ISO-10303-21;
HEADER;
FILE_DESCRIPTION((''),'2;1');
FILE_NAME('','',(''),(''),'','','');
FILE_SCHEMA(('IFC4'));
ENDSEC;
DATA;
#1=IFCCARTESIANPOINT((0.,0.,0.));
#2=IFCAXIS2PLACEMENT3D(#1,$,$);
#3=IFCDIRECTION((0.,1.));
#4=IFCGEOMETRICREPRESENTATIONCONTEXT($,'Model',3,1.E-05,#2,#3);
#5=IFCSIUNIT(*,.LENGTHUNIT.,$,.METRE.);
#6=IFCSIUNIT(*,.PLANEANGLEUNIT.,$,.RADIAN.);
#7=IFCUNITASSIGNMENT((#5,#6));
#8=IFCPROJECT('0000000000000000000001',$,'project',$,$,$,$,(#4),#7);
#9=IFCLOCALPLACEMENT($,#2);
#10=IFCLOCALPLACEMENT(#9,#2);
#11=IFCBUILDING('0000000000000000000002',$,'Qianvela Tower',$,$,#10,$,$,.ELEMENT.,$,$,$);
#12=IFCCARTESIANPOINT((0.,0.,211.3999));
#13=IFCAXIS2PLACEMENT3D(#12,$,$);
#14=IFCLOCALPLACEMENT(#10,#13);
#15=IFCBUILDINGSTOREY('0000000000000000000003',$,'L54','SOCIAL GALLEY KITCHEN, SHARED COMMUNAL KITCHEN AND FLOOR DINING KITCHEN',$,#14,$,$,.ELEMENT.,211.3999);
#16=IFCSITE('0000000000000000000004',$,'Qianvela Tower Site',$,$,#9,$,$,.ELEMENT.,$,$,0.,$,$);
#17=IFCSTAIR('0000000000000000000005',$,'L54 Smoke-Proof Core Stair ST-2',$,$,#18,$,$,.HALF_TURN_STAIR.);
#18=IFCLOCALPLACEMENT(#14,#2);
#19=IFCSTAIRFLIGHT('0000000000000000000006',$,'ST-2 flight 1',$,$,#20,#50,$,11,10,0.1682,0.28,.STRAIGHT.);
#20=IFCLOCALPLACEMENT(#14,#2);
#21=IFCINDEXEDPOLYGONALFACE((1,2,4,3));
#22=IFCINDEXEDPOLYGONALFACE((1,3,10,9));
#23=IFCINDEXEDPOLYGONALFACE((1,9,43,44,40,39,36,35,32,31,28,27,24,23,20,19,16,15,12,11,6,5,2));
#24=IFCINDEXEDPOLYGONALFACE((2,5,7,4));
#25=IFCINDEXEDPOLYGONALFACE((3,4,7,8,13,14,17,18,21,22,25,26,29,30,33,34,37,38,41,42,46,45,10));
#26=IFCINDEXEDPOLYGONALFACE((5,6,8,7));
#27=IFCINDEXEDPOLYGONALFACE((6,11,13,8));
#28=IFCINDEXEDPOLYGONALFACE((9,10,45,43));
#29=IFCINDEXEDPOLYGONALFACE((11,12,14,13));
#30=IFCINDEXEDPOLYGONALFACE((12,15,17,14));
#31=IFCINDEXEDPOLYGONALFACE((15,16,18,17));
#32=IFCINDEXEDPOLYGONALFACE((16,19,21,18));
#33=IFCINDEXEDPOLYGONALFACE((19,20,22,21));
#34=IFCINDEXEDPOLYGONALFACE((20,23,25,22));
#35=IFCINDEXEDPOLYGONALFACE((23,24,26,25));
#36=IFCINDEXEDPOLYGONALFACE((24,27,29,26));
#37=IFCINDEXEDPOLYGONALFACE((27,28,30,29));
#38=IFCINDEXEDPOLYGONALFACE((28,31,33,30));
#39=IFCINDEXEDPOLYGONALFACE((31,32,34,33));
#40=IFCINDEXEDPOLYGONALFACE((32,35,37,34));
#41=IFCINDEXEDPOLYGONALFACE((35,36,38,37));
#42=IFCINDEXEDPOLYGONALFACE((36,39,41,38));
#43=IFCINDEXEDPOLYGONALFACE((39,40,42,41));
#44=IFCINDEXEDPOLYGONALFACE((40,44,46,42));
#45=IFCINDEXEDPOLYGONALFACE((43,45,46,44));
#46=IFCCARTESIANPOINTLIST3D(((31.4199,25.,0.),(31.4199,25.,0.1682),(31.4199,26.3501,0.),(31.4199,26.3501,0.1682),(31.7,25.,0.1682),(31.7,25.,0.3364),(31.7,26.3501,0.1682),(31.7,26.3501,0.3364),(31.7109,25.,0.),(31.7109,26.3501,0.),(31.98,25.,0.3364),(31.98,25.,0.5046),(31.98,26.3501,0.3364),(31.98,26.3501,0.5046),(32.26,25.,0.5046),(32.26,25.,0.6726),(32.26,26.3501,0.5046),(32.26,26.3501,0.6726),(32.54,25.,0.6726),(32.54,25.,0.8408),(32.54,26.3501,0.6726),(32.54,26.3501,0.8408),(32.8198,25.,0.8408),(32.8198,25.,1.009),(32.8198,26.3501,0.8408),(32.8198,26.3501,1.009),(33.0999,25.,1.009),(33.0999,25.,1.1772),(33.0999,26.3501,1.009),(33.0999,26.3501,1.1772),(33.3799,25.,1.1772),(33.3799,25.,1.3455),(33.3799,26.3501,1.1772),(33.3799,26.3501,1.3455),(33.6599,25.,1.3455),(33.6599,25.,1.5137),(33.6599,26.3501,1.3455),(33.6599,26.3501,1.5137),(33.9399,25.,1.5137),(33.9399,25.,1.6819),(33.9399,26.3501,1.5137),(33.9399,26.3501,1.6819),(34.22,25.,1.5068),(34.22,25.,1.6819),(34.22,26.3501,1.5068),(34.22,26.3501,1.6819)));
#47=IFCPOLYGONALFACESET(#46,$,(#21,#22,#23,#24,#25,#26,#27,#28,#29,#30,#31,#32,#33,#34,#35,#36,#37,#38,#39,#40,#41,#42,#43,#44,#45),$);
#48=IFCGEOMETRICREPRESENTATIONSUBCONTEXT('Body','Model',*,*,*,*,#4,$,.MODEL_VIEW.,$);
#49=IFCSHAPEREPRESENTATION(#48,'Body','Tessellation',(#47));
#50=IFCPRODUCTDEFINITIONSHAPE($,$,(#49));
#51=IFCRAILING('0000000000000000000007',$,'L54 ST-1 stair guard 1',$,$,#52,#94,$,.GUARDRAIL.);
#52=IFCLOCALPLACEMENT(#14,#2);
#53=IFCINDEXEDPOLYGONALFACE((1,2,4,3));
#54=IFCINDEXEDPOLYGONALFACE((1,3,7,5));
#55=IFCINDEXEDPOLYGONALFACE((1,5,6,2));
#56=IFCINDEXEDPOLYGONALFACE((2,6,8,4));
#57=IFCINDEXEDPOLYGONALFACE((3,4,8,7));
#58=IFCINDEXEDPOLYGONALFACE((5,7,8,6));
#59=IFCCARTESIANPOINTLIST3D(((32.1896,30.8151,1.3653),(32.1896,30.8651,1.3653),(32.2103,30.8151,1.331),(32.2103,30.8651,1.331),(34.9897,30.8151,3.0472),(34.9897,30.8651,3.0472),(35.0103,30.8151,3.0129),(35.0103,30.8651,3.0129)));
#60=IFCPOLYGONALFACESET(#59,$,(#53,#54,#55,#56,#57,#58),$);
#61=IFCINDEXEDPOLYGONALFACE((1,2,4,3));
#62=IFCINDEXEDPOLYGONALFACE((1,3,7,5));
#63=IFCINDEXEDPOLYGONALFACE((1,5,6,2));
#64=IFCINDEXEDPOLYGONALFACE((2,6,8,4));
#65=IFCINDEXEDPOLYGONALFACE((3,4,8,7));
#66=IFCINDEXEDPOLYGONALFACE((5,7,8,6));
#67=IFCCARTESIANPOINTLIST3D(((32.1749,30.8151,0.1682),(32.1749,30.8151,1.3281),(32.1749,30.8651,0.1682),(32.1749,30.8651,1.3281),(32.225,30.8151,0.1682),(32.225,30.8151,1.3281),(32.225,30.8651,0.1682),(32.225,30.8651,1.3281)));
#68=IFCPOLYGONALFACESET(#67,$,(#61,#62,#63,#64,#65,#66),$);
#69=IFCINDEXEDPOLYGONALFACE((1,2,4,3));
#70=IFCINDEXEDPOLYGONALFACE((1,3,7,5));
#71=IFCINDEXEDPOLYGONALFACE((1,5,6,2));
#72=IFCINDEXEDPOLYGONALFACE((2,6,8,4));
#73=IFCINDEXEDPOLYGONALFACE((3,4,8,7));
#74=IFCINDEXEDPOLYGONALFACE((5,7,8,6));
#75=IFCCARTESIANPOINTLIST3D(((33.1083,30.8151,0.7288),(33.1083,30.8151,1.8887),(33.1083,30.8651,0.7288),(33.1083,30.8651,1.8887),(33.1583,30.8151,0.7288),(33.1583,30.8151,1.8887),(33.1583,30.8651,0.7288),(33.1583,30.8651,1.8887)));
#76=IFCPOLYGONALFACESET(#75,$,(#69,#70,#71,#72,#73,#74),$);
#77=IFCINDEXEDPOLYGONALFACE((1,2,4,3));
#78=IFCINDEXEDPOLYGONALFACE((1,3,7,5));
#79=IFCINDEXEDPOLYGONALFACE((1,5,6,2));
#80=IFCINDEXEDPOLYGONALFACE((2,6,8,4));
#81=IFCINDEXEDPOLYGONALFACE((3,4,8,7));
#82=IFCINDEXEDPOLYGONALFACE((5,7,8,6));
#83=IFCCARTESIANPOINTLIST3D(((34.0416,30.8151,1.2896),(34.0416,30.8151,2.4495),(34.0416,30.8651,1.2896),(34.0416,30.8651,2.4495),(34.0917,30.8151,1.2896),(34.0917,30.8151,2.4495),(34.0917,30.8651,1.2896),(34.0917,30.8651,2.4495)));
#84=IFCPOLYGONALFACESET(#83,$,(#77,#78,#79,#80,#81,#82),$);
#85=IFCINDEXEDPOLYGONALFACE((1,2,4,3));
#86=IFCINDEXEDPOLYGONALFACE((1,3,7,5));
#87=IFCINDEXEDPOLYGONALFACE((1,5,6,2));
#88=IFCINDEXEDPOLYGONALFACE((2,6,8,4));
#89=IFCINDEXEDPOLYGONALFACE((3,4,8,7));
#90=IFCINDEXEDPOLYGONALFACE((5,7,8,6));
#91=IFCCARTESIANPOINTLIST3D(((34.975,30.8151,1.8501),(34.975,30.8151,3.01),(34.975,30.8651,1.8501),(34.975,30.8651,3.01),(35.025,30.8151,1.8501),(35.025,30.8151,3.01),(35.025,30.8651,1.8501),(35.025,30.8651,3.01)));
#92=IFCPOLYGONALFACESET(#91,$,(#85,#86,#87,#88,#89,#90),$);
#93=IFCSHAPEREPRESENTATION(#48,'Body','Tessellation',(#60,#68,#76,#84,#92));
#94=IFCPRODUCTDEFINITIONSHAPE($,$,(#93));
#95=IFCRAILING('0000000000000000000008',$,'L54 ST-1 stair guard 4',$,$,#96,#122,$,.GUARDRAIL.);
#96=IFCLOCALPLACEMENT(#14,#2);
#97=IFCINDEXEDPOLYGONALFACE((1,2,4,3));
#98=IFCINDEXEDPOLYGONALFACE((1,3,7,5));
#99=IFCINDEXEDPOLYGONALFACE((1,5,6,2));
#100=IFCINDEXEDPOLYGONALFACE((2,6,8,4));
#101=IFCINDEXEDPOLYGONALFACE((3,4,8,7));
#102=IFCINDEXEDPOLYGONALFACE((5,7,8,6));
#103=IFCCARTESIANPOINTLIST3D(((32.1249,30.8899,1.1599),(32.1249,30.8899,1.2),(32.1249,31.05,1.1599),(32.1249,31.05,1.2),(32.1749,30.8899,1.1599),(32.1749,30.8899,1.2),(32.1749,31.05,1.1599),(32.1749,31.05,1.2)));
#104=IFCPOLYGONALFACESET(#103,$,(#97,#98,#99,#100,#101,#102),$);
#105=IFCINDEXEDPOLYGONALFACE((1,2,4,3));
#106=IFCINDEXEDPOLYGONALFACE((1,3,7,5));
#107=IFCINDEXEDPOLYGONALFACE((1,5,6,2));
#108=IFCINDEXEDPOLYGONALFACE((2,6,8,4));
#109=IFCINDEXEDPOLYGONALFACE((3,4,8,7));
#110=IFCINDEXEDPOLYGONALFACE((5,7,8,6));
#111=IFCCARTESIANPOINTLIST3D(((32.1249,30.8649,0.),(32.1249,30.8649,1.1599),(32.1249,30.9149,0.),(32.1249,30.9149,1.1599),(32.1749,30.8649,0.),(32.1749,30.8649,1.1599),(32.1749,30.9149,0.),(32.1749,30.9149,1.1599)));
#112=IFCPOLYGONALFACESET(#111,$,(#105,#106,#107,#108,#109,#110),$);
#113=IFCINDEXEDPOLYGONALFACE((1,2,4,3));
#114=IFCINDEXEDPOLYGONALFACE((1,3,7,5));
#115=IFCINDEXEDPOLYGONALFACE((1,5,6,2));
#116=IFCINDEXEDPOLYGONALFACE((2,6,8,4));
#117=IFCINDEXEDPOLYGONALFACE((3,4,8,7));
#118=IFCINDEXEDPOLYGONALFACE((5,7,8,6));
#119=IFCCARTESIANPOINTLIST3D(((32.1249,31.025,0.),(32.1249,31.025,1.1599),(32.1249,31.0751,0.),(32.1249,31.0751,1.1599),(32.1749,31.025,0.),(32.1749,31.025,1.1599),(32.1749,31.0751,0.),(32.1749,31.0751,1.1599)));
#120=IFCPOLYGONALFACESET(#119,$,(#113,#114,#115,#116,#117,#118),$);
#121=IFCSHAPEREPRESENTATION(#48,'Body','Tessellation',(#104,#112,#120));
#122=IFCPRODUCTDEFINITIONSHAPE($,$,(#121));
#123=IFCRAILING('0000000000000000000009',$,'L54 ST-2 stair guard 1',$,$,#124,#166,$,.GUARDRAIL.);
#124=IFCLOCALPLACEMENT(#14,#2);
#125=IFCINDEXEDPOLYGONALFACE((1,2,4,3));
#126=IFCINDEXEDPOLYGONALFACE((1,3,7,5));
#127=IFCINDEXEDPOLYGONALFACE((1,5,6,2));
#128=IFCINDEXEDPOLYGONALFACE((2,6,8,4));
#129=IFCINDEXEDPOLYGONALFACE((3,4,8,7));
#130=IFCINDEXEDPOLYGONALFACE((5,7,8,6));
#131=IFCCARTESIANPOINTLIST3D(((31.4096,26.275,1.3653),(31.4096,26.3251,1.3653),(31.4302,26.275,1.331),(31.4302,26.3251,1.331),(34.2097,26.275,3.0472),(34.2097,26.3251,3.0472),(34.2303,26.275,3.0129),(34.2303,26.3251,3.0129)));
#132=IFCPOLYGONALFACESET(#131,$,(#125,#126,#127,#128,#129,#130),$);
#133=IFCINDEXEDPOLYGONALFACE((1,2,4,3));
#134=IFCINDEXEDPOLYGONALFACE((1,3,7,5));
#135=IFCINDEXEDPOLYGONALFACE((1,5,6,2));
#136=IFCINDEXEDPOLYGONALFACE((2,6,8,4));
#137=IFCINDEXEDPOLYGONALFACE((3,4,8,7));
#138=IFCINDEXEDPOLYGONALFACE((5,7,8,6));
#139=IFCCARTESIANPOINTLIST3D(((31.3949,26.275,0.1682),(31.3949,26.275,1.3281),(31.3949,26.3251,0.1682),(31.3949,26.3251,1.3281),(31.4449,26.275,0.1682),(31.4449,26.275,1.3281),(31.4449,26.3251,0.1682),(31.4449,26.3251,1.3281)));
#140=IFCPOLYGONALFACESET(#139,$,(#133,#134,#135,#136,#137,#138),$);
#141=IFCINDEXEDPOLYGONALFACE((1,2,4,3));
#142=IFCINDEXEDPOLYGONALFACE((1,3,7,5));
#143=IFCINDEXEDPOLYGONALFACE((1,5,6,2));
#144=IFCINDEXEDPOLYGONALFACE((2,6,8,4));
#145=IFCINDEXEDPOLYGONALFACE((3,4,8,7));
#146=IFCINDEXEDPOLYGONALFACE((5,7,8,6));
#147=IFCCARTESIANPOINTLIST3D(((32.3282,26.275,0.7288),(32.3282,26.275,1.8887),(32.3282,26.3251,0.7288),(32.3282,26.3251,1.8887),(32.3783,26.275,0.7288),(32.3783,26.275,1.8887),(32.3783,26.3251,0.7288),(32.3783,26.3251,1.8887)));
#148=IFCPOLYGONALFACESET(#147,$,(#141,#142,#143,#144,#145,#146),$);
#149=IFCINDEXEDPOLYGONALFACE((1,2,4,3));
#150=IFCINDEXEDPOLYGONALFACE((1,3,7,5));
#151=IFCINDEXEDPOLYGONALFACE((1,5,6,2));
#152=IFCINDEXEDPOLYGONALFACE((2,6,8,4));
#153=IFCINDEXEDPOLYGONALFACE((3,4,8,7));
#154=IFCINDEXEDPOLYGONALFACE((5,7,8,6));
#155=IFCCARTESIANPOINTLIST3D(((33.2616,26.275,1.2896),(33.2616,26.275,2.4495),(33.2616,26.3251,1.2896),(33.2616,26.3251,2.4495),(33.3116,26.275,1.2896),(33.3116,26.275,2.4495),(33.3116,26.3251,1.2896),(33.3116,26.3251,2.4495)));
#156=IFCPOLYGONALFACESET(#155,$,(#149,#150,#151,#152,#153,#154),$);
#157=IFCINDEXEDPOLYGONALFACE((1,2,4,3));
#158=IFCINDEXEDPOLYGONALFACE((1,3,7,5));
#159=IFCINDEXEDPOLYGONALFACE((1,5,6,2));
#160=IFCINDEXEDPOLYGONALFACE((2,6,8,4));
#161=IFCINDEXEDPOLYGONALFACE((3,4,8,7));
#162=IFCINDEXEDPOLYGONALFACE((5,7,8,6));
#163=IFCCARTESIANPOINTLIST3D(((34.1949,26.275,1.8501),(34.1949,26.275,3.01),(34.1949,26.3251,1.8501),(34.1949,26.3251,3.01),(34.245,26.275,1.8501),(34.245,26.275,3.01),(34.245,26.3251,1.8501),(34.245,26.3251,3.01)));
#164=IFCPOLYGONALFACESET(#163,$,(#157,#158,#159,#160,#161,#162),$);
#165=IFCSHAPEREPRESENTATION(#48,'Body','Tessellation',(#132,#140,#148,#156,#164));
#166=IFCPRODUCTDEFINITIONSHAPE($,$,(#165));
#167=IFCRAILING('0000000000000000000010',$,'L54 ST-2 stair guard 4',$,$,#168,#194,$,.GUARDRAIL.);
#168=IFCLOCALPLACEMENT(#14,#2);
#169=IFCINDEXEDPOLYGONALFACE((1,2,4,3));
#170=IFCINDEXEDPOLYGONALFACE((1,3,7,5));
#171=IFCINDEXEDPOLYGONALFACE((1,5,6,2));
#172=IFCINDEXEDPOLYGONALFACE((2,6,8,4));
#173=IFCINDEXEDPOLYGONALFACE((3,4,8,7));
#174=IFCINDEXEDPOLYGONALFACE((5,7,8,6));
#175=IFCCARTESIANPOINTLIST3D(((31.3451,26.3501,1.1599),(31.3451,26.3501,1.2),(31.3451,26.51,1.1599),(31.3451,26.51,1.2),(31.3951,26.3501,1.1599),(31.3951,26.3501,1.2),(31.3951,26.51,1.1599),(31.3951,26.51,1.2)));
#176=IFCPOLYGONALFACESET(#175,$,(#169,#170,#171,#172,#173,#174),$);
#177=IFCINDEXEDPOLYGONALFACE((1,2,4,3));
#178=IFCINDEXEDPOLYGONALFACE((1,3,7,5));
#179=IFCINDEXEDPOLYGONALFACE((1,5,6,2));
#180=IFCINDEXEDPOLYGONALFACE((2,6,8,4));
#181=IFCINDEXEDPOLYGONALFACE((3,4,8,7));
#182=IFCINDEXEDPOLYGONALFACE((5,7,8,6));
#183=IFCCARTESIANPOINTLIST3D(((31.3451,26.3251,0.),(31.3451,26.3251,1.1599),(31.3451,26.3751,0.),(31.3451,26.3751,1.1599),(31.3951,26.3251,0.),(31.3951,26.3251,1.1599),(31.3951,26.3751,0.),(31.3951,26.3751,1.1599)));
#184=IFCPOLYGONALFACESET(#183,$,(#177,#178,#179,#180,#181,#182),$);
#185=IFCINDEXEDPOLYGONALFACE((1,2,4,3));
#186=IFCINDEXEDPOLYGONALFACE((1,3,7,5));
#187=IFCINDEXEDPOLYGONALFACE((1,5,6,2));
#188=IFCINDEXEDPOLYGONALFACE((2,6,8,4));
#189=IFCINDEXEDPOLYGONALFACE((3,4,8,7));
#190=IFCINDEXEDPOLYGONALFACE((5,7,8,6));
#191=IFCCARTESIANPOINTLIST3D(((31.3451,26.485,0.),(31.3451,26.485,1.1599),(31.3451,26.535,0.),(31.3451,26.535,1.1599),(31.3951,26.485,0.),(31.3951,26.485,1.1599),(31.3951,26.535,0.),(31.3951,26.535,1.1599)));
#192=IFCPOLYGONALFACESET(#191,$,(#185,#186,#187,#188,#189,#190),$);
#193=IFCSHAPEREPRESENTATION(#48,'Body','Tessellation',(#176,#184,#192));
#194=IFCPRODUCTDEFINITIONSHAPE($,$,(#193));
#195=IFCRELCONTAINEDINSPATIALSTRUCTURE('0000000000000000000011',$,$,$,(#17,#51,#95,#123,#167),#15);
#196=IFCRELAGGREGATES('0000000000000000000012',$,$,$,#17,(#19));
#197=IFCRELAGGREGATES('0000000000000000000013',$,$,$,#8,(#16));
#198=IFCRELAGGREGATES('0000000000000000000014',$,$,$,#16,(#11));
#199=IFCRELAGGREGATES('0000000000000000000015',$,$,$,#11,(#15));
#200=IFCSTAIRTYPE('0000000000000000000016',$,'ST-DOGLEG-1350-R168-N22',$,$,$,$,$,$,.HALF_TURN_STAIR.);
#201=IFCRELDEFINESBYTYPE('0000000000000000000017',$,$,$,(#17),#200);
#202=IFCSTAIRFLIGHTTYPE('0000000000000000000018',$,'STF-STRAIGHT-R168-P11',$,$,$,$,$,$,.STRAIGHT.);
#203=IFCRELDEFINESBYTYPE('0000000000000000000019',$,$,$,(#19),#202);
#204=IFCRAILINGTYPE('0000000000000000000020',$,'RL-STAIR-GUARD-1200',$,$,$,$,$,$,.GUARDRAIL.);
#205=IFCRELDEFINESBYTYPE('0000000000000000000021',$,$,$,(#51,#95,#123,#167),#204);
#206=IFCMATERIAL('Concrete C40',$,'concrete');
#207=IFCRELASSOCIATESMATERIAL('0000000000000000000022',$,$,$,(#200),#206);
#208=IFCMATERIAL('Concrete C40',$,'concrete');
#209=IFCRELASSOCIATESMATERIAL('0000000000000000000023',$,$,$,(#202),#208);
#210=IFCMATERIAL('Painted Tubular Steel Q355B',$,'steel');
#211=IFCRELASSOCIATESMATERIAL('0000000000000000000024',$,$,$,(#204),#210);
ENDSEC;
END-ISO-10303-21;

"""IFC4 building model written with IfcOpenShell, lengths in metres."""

from ifc_helpers import new_model, si_unit, direction, frame, origin, origin_2d, place, context, subcontext, project, spatial, polyline, rectangle, outline, extrude, material, type_object, element, aggregate, save


model = new_model("IFC4")

# Units and contexts
model_context = context("Model", 3, precision=1e-05, world=origin(), true_north=direction((0.0, 1.0)))
body_context = subcontext(model_context, "Body", "Model", "MODEL_VIEW")
ifc_project = project(units=[si_unit("LENGTHUNIT", "METRE"), si_unit("PLANEANGLEUNIT", "RADIAN")], contexts=[model_context])

# Site, building, storey
site_placement = place(None, origin())
site = spatial("IfcSite", under=ifc_project, at=site_placement, Name="Qianvela Tower Site", CompositionType="ELEMENT", RefElevation=0.0)
building_placement = place(site_placement, origin())
building = spatial("IfcBuilding", under=site, at=building_placement, Name="Qianvela Tower", CompositionType="ELEMENT")
storey_placement = place(building_placement, frame((0.0, 0.0, 211.3999)))
storey = spatial("IfcBuildingStorey", under=building, at=storey_placement, Name="L54", Description="SOCIAL GALLEY KITCHEN, SHARED COMMUNAL KITCHEN AND FLOOR DINING KITCHEN", CompositionType="ELEMENT", Elevation=211.3999)

# Stair, stair flight
ifc_material_1 = material(Name="Concrete C40", Category="concrete")
stair_type = type_object("IfcStairType", Name="ST-DOGLEG-1350-R168-N22", PredefinedType="HALF_TURN_STAIR", material=ifc_material_1)
ifc_material_2 = material(Name="Concrete C40", Category="concrete")
stair_flight_type = type_object("IfcStairFlightType", Name="STF-STRAIGHT-R168-P11", PredefinedType="STRAIGHT", material=ifc_material_2)
stair_1_placement = place(storey_placement, origin())
stair_1 = element("IfcStair", 1, at=stair_1_placement, inside=storey, type_object=stair_type, Name="L54 Smoke-Proof Core Stair ST-2", PredefinedType="HALF_TURN_STAIR")
stair_flight_1_placement = place(storey_placement, frame((31.4199, 25.675, 0.0), z_axis=(0.0, 0.0, 1.0), x_axis=(1.0, 0.0, 0.0)))
stair_flight_1 = element("IfcStairFlight", 2, at=stair_flight_1_placement, type_object=stair_flight_type, Name="ST-2 flight 1", NumberOfRisers=11, NumberOfTreads=10, PredefinedType="STRAIGHT", RiserHeight=0.1682, TreadLength=0.28, context=body_context, shape_type="SweptSolid", body=[
    extrude(outline(polyline([(0.0, 0.0), (0.0, 0.1682), (0.28, 0.1682), (0.28, 0.3364), (0.5601, 0.3364), (0.5601, 0.5046), (0.8401, 0.5046), (0.8401, 0.6726), (1.1201, 0.6726), (1.1201, 0.8408), (1.3999, 0.8408), (1.3999, 1.009), (1.6799, 1.009), (1.6799, 1.1772), (1.96, 1.1772), (1.96, 1.3455), (2.24, 1.3455), (2.24, 1.5137), (2.52, 1.5137), (2.52, 1.6819), (2.8, 1.6819), (2.8, 1.8501), (2.8, 1.5068), (0.291, 0.0), (0.0, 0.0)])), frame((0.0, 0.675, 0.0), z_axis=(0.0, -1.0, 0.0), x_axis=(1.0, 0.0, 0.0)), (0.0, 0.0, 1.0), 1.3501),
])
aggregate(stair_1, [stair_flight_1])

# Railings
ifc_material_3 = material(Name="Painted Tubular Steel Q355B", Category="steel")
railing_type_1 = type_object("IfcRailingType", Name="RL-STAIR-GUARD-1200", PredefinedType="GUARDRAIL", material=ifc_material_3)
railing_1_placement = place(storey_placement, frame((32.2, 30.8401, 0.1682)))
element("IfcRailing", 3, at=railing_1_placement, inside=storey, type_object=railing_type_1, Name="L54 ST-1 stair guard 1", PredefinedType="GUARDRAIL", context=body_context, shape_type="SweptSolid", body=[
    extrude(rectangle(XDim=0.05, YDim=0.04, at=origin_2d()), frame((0.0, 0.0, 1.1799), z_axis=(0.857242, 0.0, 0.514913), x_axis=(0.0, 1.0, 0.0)), (0.0, 0.0, 1.0), 3.2664),
    extrude(rectangle(XDim=0.05, YDim=0.05, at=origin_2d()), origin(), (0.0, 0.0, 1.0), 1.1599),
    extrude(rectangle(XDim=0.05, YDim=0.05, at=origin_2d()), frame((0.9333, 0.0, 0.5605)), (0.0, 0.0, 1.0), 1.1599),
    extrude(rectangle(XDim=0.05, YDim=0.05, at=origin_2d()), frame((1.8667, 0.0, 1.1213)), (0.0, 0.0, 1.0), 1.1599),
    extrude(rectangle(XDim=0.05, YDim=0.05, at=origin_2d()), frame((2.8, 0.0, 1.6819)), (0.0, 0.0, 1.0), 1.1599),
])
railing_2_placement = place(storey_placement, frame((32.1499, 30.8899, 0.0)))
element("IfcRailing", 4, at=railing_2_placement, inside=storey, type_object=railing_type_1, Name="L54 ST-1 stair guard 4", PredefinedType="GUARDRAIL", context=body_context, shape_type="SweptSolid", body=[
    extrude(rectangle(XDim=0.05, YDim=0.04, at=origin_2d()), frame((0.0, 0.0, 1.1799), z_axis=(0.0, 1.0, 0.0), x_axis=(-1.0, 0.0, 0.0)), (0.0, 0.0, 1.0), 0.1602),
    extrude(rectangle(XDim=0.05, YDim=0.05, at=origin_2d()), origin(), (0.0, 0.0, 1.0), 1.1599),
    extrude(rectangle(XDim=0.05, YDim=0.05, at=origin_2d()), frame((0.0, 0.1602, 0.0)), (0.0, 0.0, 1.0), 1.1599),
])
railing_3_placement = place(storey_placement, frame((31.4199, 26.3, 0.1682)))
element("IfcRailing", 5, at=railing_3_placement, inside=storey, type_object=railing_type_1, Name="L54 ST-2 stair guard 1", PredefinedType="GUARDRAIL", context=body_context, shape_type="SweptSolid", body=[
    extrude(rectangle(XDim=0.05, YDim=0.04, at=origin_2d()), frame((0.0, 0.0, 1.1799), z_axis=(0.857242, 0.0, 0.514913), x_axis=(0.0, 1.0, 0.0)), (0.0, 0.0, 1.0), 3.2664),
    extrude(rectangle(XDim=0.05, YDim=0.05, at=origin_2d()), origin(), (0.0, 0.0, 1.0), 1.1599),
    extrude(rectangle(XDim=0.05, YDim=0.05, at=origin_2d()), frame((0.9333, 0.0, 0.5605)), (0.0, 0.0, 1.0), 1.1599),
    extrude(rectangle(XDim=0.05, YDim=0.05, at=origin_2d()), frame((1.8667, 0.0, 1.1213)), (0.0, 0.0, 1.0), 1.1599),
    extrude(rectangle(XDim=0.05, YDim=0.05, at=origin_2d()), frame((2.8, 0.0, 1.6819)), (0.0, 0.0, 1.0), 1.1599),
])
railing_4_placement = place(storey_placement, frame((31.3701, 26.3501, 0.0)))
element("IfcRailing", 6, at=railing_4_placement, inside=storey, type_object=railing_type_1, Name="L54 ST-2 stair guard 4", PredefinedType="GUARDRAIL", context=body_context, shape_type="SweptSolid", body=[
    extrude(rectangle(XDim=0.05, YDim=0.04, at=origin_2d()), frame((0.0, 0.0, 1.1799), z_axis=(0.0, 1.0, 0.0), x_axis=(-1.0, 0.0, 0.0)), (0.0, 0.0, 1.0), 0.1599),
    extrude(rectangle(XDim=0.05, YDim=0.05, at=origin_2d()), origin(), (0.0, 0.0, 1.0), 1.1599),
    extrude(rectangle(XDim=0.05, YDim=0.05, at=origin_2d()), frame((0.0, 0.1599, 0.0)), (0.0, 0.0, 1.0), 1.1599),
])

save(model, "model.ifc")
